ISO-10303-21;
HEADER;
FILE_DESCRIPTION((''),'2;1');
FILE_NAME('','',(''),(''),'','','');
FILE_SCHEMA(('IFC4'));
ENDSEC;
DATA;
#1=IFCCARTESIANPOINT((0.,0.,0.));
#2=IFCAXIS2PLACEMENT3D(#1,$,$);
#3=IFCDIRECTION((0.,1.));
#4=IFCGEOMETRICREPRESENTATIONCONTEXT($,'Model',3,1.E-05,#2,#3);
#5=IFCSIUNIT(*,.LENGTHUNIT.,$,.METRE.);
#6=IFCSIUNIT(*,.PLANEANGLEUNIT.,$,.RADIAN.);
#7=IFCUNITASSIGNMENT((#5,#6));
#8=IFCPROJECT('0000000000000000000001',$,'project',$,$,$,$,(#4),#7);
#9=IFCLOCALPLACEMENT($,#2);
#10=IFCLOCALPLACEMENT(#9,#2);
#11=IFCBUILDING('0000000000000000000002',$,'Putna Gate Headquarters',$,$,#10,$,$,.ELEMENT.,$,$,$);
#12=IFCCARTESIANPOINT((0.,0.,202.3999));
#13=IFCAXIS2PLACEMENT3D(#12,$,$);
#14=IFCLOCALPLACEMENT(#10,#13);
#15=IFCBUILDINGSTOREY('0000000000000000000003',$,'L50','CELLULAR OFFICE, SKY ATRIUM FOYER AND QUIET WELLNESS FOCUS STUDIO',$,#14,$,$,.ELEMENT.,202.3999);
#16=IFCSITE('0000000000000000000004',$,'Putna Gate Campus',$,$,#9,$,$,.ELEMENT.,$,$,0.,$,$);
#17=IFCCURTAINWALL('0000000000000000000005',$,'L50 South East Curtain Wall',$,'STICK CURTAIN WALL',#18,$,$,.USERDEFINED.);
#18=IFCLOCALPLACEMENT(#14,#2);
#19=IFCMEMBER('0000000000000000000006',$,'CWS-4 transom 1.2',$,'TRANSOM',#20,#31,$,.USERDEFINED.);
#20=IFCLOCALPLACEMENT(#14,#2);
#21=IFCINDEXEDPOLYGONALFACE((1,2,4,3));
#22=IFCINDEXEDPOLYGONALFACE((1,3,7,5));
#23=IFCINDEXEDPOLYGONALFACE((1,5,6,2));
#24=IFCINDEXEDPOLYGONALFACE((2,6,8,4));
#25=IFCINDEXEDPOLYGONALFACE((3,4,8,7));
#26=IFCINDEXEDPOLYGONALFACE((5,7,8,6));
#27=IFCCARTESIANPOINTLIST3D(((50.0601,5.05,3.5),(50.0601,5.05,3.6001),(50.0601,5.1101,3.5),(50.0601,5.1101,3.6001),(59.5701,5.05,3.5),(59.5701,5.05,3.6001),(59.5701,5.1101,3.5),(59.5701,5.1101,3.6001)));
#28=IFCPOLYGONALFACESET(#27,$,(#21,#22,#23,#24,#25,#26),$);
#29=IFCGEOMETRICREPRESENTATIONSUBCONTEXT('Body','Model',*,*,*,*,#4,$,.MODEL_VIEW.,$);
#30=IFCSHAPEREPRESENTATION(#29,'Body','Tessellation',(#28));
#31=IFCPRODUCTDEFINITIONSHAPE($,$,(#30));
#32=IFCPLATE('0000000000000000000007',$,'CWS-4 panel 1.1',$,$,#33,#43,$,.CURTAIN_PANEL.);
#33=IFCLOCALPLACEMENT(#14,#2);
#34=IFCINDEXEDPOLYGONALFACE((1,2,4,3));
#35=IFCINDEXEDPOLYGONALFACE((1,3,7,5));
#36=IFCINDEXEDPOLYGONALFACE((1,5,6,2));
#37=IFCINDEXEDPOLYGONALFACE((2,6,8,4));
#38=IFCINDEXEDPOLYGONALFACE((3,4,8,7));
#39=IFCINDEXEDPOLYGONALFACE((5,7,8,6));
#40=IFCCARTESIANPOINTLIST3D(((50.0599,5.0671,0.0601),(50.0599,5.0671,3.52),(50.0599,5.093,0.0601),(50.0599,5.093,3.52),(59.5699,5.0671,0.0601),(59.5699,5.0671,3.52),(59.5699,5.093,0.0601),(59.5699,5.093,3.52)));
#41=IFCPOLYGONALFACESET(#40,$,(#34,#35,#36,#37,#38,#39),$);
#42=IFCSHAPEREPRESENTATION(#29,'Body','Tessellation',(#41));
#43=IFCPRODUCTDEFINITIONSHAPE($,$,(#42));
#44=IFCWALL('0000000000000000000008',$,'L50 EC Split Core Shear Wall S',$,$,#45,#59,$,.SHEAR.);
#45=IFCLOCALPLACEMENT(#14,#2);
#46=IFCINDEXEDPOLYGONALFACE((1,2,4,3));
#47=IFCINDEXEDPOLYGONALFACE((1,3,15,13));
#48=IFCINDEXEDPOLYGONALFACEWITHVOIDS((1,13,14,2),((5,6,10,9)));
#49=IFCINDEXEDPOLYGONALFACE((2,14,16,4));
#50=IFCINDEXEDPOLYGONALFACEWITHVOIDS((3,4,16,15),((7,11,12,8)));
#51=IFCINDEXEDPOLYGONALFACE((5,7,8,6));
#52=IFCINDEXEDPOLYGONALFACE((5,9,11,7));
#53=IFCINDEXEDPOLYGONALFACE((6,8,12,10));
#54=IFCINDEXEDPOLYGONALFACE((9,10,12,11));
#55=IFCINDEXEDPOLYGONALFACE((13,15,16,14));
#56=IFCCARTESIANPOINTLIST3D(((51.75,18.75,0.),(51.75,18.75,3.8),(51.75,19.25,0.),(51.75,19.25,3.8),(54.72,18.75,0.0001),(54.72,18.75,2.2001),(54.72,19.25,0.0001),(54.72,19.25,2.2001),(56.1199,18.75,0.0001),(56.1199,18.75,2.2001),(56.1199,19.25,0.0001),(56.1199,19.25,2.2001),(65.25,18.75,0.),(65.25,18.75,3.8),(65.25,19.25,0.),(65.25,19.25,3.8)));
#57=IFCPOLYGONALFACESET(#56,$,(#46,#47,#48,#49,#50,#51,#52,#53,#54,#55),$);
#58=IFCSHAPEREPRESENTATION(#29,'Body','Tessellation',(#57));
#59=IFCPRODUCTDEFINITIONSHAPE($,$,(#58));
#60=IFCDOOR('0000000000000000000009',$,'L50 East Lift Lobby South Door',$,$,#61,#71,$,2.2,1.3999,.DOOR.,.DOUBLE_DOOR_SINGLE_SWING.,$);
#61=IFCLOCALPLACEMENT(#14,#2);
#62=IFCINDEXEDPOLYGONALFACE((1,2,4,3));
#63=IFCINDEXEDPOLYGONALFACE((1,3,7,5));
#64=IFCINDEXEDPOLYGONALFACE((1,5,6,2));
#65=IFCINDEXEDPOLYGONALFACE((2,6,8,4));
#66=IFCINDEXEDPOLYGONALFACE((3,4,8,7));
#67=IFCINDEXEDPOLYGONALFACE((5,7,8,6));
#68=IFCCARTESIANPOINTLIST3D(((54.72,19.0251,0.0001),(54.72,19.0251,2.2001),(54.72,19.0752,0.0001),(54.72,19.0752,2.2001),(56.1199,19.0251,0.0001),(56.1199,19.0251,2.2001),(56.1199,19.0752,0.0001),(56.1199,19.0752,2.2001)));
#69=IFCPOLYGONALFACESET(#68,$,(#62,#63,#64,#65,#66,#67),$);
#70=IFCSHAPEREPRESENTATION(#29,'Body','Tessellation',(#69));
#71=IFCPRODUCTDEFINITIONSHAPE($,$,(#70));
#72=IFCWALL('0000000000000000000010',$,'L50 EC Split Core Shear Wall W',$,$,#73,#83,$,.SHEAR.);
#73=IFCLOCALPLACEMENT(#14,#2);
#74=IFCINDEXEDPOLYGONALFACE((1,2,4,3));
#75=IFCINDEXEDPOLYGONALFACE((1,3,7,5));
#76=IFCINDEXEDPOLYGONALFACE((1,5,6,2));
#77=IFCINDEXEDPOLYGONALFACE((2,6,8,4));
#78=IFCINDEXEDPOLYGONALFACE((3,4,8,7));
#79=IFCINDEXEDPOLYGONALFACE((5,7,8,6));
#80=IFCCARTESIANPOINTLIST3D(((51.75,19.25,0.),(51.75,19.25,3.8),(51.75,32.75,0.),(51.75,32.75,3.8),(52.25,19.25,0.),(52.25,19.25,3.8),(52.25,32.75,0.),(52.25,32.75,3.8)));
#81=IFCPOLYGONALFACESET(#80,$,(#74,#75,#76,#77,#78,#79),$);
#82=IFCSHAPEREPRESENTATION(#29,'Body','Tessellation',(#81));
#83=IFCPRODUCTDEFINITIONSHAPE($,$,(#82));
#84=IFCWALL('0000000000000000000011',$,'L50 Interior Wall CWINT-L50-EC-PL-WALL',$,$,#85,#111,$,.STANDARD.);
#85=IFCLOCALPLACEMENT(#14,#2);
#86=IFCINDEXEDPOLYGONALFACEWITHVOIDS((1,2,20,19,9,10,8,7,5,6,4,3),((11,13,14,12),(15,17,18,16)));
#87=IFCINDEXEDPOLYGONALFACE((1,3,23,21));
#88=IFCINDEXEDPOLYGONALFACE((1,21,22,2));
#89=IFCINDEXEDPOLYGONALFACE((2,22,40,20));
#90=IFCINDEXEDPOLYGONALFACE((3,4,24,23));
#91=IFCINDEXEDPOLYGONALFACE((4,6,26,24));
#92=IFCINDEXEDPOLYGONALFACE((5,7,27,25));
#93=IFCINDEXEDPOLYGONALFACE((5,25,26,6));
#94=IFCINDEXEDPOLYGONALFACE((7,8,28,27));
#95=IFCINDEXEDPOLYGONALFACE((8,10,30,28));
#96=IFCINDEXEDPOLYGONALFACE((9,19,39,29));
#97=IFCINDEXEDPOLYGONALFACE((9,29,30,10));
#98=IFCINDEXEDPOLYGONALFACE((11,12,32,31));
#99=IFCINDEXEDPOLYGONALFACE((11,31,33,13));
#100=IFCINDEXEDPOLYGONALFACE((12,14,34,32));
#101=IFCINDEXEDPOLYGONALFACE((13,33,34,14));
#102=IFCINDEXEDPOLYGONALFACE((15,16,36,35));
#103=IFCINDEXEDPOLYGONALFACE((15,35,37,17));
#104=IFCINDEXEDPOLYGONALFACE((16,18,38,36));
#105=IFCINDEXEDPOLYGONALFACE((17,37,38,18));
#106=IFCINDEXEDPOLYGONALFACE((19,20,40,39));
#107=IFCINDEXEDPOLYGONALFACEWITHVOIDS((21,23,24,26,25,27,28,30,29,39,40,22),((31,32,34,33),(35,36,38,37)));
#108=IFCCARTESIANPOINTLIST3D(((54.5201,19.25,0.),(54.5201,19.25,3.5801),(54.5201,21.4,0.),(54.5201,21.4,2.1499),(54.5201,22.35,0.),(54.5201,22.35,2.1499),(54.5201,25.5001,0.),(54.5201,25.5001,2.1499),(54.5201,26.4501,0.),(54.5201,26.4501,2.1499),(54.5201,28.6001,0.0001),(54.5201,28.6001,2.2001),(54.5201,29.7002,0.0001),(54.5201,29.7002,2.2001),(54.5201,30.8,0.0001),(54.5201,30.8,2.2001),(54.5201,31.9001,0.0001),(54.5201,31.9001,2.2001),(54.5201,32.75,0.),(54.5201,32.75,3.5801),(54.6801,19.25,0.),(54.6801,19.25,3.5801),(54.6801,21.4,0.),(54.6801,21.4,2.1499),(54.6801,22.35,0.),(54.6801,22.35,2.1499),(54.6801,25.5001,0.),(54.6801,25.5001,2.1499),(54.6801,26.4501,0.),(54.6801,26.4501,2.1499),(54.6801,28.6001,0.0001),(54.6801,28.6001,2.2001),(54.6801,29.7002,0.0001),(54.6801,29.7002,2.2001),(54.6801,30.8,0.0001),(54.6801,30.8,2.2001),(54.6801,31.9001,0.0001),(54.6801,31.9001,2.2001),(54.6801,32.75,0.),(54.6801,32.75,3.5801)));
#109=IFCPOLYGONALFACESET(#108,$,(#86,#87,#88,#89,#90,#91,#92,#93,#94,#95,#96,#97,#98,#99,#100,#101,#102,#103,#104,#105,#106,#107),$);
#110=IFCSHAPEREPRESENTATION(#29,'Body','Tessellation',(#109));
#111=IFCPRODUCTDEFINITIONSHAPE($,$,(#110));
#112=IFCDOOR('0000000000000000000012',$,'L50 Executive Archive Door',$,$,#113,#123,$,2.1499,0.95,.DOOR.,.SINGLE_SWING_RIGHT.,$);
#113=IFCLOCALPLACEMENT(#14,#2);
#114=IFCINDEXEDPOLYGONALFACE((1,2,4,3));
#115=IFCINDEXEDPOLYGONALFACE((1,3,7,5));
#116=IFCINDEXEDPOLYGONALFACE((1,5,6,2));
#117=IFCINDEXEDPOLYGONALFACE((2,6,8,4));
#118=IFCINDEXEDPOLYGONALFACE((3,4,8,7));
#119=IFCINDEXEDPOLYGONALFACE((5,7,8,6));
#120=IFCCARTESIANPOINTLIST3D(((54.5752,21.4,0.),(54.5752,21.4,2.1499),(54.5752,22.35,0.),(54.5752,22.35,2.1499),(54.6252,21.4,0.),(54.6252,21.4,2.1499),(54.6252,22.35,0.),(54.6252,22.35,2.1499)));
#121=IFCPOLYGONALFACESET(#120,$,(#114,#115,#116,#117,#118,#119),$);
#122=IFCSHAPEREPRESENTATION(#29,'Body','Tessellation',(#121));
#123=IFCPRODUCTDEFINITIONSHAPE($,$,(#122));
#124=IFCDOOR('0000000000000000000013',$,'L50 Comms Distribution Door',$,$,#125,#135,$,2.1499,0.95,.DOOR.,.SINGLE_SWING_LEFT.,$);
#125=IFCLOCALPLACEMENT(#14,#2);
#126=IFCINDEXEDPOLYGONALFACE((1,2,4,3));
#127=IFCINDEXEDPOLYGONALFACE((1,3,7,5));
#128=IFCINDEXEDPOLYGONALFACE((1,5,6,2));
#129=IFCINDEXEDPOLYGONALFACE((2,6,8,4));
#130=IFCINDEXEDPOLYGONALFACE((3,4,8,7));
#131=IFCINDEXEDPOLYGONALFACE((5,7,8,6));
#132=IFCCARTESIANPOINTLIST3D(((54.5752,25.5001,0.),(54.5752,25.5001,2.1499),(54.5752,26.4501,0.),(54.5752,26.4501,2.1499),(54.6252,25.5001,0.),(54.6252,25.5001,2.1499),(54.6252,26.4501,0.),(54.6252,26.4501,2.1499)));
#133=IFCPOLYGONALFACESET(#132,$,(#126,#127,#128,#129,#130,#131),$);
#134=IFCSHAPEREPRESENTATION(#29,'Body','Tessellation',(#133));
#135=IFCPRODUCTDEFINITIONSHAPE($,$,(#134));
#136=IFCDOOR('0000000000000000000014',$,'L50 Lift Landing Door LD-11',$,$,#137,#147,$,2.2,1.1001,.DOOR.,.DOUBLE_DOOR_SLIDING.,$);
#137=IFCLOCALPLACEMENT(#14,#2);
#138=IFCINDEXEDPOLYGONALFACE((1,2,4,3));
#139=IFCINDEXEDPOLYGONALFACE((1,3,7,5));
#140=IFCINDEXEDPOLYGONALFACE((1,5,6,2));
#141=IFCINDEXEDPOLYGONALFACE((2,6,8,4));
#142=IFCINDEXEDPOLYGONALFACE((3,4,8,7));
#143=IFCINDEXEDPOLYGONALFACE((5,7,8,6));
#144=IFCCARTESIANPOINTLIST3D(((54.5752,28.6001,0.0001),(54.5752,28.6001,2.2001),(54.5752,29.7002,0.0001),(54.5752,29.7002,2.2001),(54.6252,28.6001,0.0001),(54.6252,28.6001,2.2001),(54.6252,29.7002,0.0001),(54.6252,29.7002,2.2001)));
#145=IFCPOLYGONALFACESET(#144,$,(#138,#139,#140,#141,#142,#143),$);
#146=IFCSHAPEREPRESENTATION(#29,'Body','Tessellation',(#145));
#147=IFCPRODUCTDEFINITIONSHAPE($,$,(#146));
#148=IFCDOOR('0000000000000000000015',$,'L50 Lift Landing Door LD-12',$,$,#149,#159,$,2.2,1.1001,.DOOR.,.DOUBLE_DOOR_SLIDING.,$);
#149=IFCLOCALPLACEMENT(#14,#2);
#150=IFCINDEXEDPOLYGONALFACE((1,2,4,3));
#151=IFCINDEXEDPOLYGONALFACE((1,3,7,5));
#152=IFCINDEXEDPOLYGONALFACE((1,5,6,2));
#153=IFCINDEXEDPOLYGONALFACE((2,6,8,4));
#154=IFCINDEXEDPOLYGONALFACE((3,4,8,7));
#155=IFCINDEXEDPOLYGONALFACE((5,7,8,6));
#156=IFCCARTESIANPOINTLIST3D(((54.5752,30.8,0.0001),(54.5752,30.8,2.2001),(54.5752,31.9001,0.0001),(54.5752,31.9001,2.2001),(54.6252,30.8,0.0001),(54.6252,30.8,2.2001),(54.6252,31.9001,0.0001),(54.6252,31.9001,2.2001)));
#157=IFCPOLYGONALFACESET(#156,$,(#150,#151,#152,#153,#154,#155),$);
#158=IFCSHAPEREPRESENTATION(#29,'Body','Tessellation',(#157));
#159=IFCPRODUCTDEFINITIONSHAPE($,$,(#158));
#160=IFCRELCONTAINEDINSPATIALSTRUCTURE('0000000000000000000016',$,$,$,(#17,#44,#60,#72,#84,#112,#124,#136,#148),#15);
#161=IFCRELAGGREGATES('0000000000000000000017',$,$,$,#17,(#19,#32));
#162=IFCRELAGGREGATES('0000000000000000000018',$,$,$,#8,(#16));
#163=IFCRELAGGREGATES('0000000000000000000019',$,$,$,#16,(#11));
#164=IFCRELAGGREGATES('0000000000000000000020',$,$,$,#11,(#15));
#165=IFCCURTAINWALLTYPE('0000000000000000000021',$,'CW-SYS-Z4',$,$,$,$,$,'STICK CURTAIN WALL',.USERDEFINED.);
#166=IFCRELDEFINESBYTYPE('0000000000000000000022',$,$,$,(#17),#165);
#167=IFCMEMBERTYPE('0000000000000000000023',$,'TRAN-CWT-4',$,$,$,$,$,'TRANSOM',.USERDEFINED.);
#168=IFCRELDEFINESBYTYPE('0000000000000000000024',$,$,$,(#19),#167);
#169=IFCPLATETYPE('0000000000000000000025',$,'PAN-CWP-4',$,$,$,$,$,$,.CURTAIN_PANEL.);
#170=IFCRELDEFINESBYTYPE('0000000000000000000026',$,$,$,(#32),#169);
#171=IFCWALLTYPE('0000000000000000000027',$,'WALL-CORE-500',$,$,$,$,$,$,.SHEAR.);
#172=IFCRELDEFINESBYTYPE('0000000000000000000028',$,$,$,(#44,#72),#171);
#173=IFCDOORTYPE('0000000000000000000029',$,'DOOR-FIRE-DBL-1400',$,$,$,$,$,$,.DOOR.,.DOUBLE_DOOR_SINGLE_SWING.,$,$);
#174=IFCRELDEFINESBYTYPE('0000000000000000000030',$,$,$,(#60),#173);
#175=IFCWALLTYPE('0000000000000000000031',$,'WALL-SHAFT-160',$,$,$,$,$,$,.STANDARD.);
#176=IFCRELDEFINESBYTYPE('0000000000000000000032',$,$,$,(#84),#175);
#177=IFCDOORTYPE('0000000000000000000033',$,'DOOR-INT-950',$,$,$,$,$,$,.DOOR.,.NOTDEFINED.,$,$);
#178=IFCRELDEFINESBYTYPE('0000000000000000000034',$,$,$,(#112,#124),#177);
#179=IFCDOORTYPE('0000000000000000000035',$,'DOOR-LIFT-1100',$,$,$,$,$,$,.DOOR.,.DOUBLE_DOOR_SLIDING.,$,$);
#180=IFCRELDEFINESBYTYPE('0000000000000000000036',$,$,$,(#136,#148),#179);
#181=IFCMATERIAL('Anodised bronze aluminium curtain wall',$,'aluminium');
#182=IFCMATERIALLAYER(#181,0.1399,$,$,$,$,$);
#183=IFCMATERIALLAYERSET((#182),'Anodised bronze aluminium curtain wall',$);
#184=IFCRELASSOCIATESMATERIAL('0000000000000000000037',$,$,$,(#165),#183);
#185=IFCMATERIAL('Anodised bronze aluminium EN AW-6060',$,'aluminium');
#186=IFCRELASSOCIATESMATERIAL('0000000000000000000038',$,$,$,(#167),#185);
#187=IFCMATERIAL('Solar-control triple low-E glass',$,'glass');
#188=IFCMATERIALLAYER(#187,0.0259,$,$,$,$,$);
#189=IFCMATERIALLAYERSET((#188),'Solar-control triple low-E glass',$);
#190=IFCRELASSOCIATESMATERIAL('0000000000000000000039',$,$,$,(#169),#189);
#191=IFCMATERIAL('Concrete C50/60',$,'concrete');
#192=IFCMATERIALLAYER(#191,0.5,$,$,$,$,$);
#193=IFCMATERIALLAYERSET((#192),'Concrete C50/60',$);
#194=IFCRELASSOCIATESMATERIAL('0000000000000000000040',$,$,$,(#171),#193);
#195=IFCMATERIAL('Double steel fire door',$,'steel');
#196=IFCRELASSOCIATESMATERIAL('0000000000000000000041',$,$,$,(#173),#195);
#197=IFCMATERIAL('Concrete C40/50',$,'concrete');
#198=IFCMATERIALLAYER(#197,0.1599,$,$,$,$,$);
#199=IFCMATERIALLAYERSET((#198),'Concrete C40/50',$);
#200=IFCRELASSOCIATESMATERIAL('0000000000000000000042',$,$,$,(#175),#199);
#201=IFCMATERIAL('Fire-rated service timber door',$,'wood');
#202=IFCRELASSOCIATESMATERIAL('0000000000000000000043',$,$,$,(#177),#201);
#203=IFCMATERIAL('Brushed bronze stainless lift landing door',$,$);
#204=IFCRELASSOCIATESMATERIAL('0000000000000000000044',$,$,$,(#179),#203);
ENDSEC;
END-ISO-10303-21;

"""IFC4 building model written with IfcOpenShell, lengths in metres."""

from ifc_helpers import new_model, si_unit, direction, frame, frame_2d, origin, origin_2d, place, context, subcontext, project, spatial, rectangle, extrude, material, layer, layer_set, material_profile, profile_set, type_object, element, fill, aggregate, save


model = new_model("IFC4")

# Units and contexts
model_context = context("Model", 3, precision=1e-05, world=origin(), true_north=direction((0.0, 1.0)))
body_context = subcontext(model_context, "Body", "Model", "MODEL_VIEW")
ifc_project = project(units=[si_unit("LENGTHUNIT", "METRE"), si_unit("PLANEANGLEUNIT", "RADIAN")], contexts=[model_context])

# Site, building, storey
site_placement = place(None, origin())
site = spatial("IfcSite", under=ifc_project, at=site_placement, Name="Putna Gate Campus", CompositionType="ELEMENT", RefElevation=0.0)
building_placement = place(site_placement, origin())
building = spatial("IfcBuilding", under=site, at=building_placement, Name="Putna Gate Headquarters", CompositionType="ELEMENT")
storey_placement = place(building_placement, frame((0.0, 0.0, 202.3999)))
storey = spatial("IfcBuildingStorey", under=building, at=storey_placement, Name="L50", Description="CELLULAR OFFICE, SKY ATRIUM FOYER AND QUIET WELLNESS FOCUS STUDIO", CompositionType="ELEMENT", Elevation=202.3999)

# Curtain wall
ifc_material_1 = material(Name="Anodised bronze aluminium curtain wall", Category="aluminium")
ifc_layer_1 = layer(ifc_material_1, 0.1399)
ifc_layer_set_1 = layer_set([ifc_layer_1], Name="Anodised bronze aluminium curtain wall")
curtain_wall_type_1 = type_object("IfcCurtainWallType", Name="CW-SYS-Z4", ElementType="STICK CURTAIN WALL", PredefinedType="USERDEFINED", material=ifc_layer_set_1)
curtain_wall_1_placement = place(storey_placement, origin())
curtain_wall_1 = element("IfcCurtainWall", 1, at=curtain_wall_1_placement, inside=storey, type_object=curtain_wall_type_1, Name="L50 South East Curtain Wall", ObjectType="STICK CURTAIN WALL", PredefinedType="USERDEFINED")
ifc_material_2 = material(Name="Anodised bronze aluminium EN AW-6060", Category="aluminium")

# Member
ifc_material_profile_1 = material_profile(ifc_material_2, rectangle(XDim=0.0601, YDim=0.1001, at=origin_2d()), Name="Anodised bronze aluminium EN AW-6060")
ifc_profile_set_1 = profile_set([ifc_material_profile_1], Name="Anodised bronze aluminium EN AW-6060")
member_type_1 = type_object("IfcMemberType", Name="TRAN-CWT-4", ElementType="TRANSOM", PredefinedType="USERDEFINED", material=ifc_profile_set_1)
member_1_placement = place(storey_placement, frame((50.0601, 5.0801, 3.55), z_axis=(1.0, 0.0, 0.0), x_axis=(0.0, 1.0, 0.0)))
member_1 = element("IfcMember", 2, at=member_1_placement, type_object=member_type_1, Name="CWS-4 transom 1.2", ObjectType="TRANSOM", PredefinedType="USERDEFINED", context=body_context, shape_type="SweptSolid", body=[
    extrude(rectangle(XDim=0.0601, YDim=0.1001, at=origin_2d()), origin(), (0.0, 0.0, 1.0), 9.51),
])

# Plate
ifc_material_3 = material(Name="Solar-control triple low-E glass", Category="glass")
ifc_layer_2 = layer(ifc_material_3, 0.0259)
ifc_layer_set_2 = layer_set([ifc_layer_2], Name="Solar-control triple low-E glass")
plate_type = type_object("IfcPlateType", Name="PAN-CWP-4", PredefinedType="CURTAIN_PANEL", material=ifc_layer_set_2)
plate_placement = place(storey_placement, frame((54.8149, 5.0801, 0.0601), z_axis=(0.0, 0.0, 1.0), x_axis=(1.0, 0.0, 0.0)))
plate = element("IfcPlate", 3, at=plate_placement, type_object=plate_type, Name="CWS-4 panel 1.1", PredefinedType="CURTAIN_PANEL", context=body_context, shape_type="SweptSolid", body=[
    extrude(rectangle(XDim=9.51, YDim=0.0259, at=origin_2d()), origin(), (0.0, 0.0, 1.0), 3.46),
])
aggregate(curtain_wall_1, [member_1, plate])

# Wall, opening, door
ifc_material_4 = material(Name="Concrete C50/60", Category="concrete")
ifc_layer_3 = layer(ifc_material_4, 0.5)
ifc_layer_set_3 = layer_set([ifc_layer_3], Name="Concrete C50/60")
wall_type_1 = type_object("IfcWallType", Name="WALL-CORE-500", PredefinedType="SHEAR", material=ifc_layer_set_3)
wall_1_placement = place(storey_placement, frame((51.75, 19.0, 0.0), z_axis=(0.0, 0.0, 1.0), x_axis=(1.0, 0.0, 0.0)))
wall_1 = element("IfcWall", 4, at=wall_1_placement, inside=storey, type_object=wall_type_1, Name="L50 EC Split Core Shear Wall S", PredefinedType="SHEAR", context=body_context, shape_type="SweptSolid", body=[
    extrude(rectangle(XDim=13.5, YDim=0.5, at=frame_2d((6.75, 0.0))), origin(), (0.0, 0.0, 1.0), 3.8),
])
opening_1_placement = place(wall_1_placement, frame((2.97, 0.0, 0.0)))
opening_1 = element("IfcOpeningElement", 5, at=opening_1_placement, cuts=wall_1, PredefinedType="OPENING", context=body_context, shape_type="SweptSolid", body=[
    extrude(rectangle(XDim=1.3999, YDim=2.2, at=frame_2d((0.7, 1.1001))), frame((0.0, 0.26, 0.0), z_axis=(0.0, -1.0, 0.0), x_axis=(1.0, 0.0, 0.0)), (0.0, 0.0, 1.0), 0.52),
])
ifc_material_5 = material(Name="Double steel fire door", Category="steel")
door_type_1 = type_object("IfcDoorType", Name="DOOR-FIRE-DBL-1400", OperationType="DOUBLE_DOOR_SINGLE_SWING", PredefinedType="DOOR", material=ifc_material_5)
door_1_placement = place(opening_1_placement, origin())
door_1 = element("IfcDoor", 6, at=door_1_placement, inside=storey, type_object=door_type_1, Name="L50 East Lift Lobby South Door", OperationType="DOUBLE_DOOR_SINGLE_SWING", OverallHeight=2.2, OverallWidth=1.3999, PredefinedType="DOOR", context=body_context, shape_type="SweptSolid", body=[
    extrude(rectangle(XDim=1.3999, YDim=2.2, at=frame_2d((0.7, 1.1001))), frame((0.0, 0.0752, 0.0), z_axis=(0.0, -1.0, 0.0), x_axis=(1.0, 0.0, 0.0)), (0.0, 0.0, 1.0), 0.05),
])
fill(opening_1, door_1)

# Wall
wall_2_placement = place(storey_placement, frame((52.0, 19.25, 0.0), z_axis=(0.0, 0.0, 1.0), x_axis=(0.0, 1.0, 0.0)))
element("IfcWall", 7, at=wall_2_placement, inside=storey, type_object=wall_type_1, Name="L50 EC Split Core Shear Wall W", PredefinedType="SHEAR", context=body_context, shape_type="SweptSolid", body=[
    extrude(rectangle(XDim=13.5, YDim=0.5, at=frame_2d((6.75, 0.0))), origin(), (0.0, 0.0, 1.0), 3.8),
])

# Wall, openings, doors
ifc_material_6 = material(Name="Concrete C40/50", Category="concrete")
ifc_layer_4 = layer(ifc_material_6, 0.1599)
ifc_layer_set_4 = layer_set([ifc_layer_4], Name="Concrete C40/50")
wall_type_2 = type_object("IfcWallType", Name="WALL-SHAFT-160", PredefinedType="STANDARD", material=ifc_layer_set_4)
wall_3_placement = place(storey_placement, frame((54.6001, 19.25, 0.0), z_axis=(0.0, 0.0, 1.0), x_axis=(0.0, 1.0, 0.0)))
wall_3 = element("IfcWall", 8, at=wall_3_placement, inside=storey, type_object=wall_type_2, Name="L50 Interior Wall CWINT-L50-EC-PL-WALL", PredefinedType="STANDARD", context=body_context, shape_type="SweptSolid", body=[
    extrude(rectangle(XDim=13.5, YDim=0.1599, at=frame_2d((6.75, 0.0))), origin(), (0.0, 0.0, 1.0), 3.5801),
])
opening_2_placement = place(wall_3_placement, frame((2.1499, 0.0, 0.0)))
opening_2 = element("IfcOpeningElement", 9, at=opening_2_placement, cuts=wall_3, PredefinedType="OPENING", context=body_context, shape_type="SweptSolid", body=[
    extrude(rectangle(XDim=0.95, YDim=2.1499, at=frame_2d((0.4751, 1.075))), frame((0.0, 0.0898, 0.0), z_axis=(0.0, -1.0, 0.0), x_axis=(1.0, 0.0, 0.0)), (0.0, 0.0, 1.0), 0.1799),
])
opening_3_placement = place(wall_3_placement, frame((6.25, 0.0, 0.0)))
opening_3 = element("IfcOpeningElement", 10, at=opening_3_placement, cuts=wall_3, PredefinedType="OPENING", context=body_context, shape_type="SweptSolid", body=[
    extrude(rectangle(XDim=0.95, YDim=2.1499, at=frame_2d((0.4751, 1.075))), frame((0.0, 0.0898, 0.0), z_axis=(0.0, -1.0, 0.0), x_axis=(1.0, 0.0, 0.0)), (0.0, 0.0, 1.0), 0.1799),
])
opening_4_placement = place(wall_3_placement, frame((9.3501, 0.0, 0.0)))
opening_4 = element("IfcOpeningElement", 11, at=opening_4_placement, cuts=wall_3, PredefinedType="OPENING", context=body_context, shape_type="SweptSolid", body=[
    extrude(rectangle(XDim=1.1001, YDim=2.2, at=frame_2d((0.55, 1.1001))), frame((0.0, 0.0898, 0.0), z_axis=(0.0, -1.0, 0.0), x_axis=(1.0, 0.0, 0.0)), (0.0, 0.0, 1.0), 0.1799),
])
opening_5_placement = place(wall_3_placement, frame((11.55, 0.0, 0.0)))
opening_5 = element("IfcOpeningElement", 12, at=opening_5_placement, cuts=wall_3, PredefinedType="OPENING", context=body_context, shape_type="SweptSolid", body=[
    extrude(rectangle(XDim=1.1001, YDim=2.2, at=frame_2d((0.55, 1.1001))), frame((0.0, 0.0898, 0.0), z_axis=(0.0, -1.0, 0.0), x_axis=(1.0, 0.0, 0.0)), (0.0, 0.0, 1.0), 0.1799),
])
ifc_material_7 = material(Name="Fire-rated service timber door", Category="wood")
door_type_2 = type_object("IfcDoorType", Name="DOOR-INT-950", OperationType="NOTDEFINED", PredefinedType="DOOR", material=ifc_material_7)
door_2_placement = place(opening_2_placement, origin())
door_2 = element("IfcDoor", 13, at=door_2_placement, inside=storey, type_object=door_type_2, Name="L50 Executive Archive Door", OperationType="SINGLE_SWING_RIGHT", OverallHeight=2.1499, OverallWidth=0.95, PredefinedType="DOOR", context=body_context, shape_type="SweptSolid", body=[
    extrude(rectangle(XDim=0.95, YDim=2.1499, at=frame_2d((0.4751, 1.075))), frame((0.0, 0.0249, 0.0), z_axis=(0.0, -1.0, 0.0), x_axis=(1.0, 0.0, 0.0)), (0.0, 0.0, 1.0), 0.05),
])
fill(opening_2, door_2)
door_3_placement = place(opening_3_placement, origin())
door_3 = element("IfcDoor", 14, at=door_3_placement, inside=storey, type_object=door_type_2, Name="L50 Comms Distribution Door", OperationType="SINGLE_SWING_LEFT", OverallHeight=2.1499, OverallWidth=0.95, PredefinedType="DOOR", context=body_context, shape_type="SweptSolid", body=[
    extrude(rectangle(XDim=0.95, YDim=2.1499, at=frame_2d((0.4751, 1.075))), frame((0.0, 0.0249, 0.0), z_axis=(0.0, -1.0, 0.0), x_axis=(1.0, 0.0, 0.0)), (0.0, 0.0, 1.0), 0.05),
])
fill(opening_3, door_3)
ifc_material_8 = material(Name="Brushed bronze stainless lift landing door")
door_type_3 = type_object("IfcDoorType", Name="DOOR-LIFT-1100", OperationType="DOUBLE_DOOR_SLIDING", PredefinedType="DOOR", material=ifc_material_8)
door_4_placement = place(opening_4_placement, origin())
door_4 = element("IfcDoor", 15, at=door_4_placement, inside=storey, type_object=door_type_3, Name="L50 Lift Landing Door LD-11", OperationType="DOUBLE_DOOR_SLIDING", OverallHeight=2.2, OverallWidth=1.1001, PredefinedType="DOOR", context=body_context, shape_type="SweptSolid", body=[
    extrude(rectangle(XDim=1.1001, YDim=2.2, at=frame_2d((0.55, 1.1001))), frame((0.0, 0.0249, 0.0), z_axis=(0.0, -1.0, 0.0), x_axis=(1.0, 0.0, 0.0)), (0.0, 0.0, 1.0), 0.05),
])
fill(opening_4, door_4)
door_5_placement = place(opening_5_placement, origin())
door_5 = element("IfcDoor", 16, at=door_5_placement, inside=storey, type_object=door_type_3, Name="L50 Lift Landing Door LD-12", OperationType="DOUBLE_DOOR_SLIDING", OverallHeight=2.2, OverallWidth=1.1001, PredefinedType="DOOR", context=body_context, shape_type="SweptSolid", body=[
    extrude(rectangle(XDim=1.1001, YDim=2.2, at=frame_2d((0.55, 1.1001))), frame((0.0, 0.0249, 0.0), z_axis=(0.0, -1.0, 0.0), x_axis=(1.0, 0.0, 0.0)), (0.0, 0.0, 1.0), 0.05),
])
fill(opening_5, door_5)

save(model, "model.ifc")
